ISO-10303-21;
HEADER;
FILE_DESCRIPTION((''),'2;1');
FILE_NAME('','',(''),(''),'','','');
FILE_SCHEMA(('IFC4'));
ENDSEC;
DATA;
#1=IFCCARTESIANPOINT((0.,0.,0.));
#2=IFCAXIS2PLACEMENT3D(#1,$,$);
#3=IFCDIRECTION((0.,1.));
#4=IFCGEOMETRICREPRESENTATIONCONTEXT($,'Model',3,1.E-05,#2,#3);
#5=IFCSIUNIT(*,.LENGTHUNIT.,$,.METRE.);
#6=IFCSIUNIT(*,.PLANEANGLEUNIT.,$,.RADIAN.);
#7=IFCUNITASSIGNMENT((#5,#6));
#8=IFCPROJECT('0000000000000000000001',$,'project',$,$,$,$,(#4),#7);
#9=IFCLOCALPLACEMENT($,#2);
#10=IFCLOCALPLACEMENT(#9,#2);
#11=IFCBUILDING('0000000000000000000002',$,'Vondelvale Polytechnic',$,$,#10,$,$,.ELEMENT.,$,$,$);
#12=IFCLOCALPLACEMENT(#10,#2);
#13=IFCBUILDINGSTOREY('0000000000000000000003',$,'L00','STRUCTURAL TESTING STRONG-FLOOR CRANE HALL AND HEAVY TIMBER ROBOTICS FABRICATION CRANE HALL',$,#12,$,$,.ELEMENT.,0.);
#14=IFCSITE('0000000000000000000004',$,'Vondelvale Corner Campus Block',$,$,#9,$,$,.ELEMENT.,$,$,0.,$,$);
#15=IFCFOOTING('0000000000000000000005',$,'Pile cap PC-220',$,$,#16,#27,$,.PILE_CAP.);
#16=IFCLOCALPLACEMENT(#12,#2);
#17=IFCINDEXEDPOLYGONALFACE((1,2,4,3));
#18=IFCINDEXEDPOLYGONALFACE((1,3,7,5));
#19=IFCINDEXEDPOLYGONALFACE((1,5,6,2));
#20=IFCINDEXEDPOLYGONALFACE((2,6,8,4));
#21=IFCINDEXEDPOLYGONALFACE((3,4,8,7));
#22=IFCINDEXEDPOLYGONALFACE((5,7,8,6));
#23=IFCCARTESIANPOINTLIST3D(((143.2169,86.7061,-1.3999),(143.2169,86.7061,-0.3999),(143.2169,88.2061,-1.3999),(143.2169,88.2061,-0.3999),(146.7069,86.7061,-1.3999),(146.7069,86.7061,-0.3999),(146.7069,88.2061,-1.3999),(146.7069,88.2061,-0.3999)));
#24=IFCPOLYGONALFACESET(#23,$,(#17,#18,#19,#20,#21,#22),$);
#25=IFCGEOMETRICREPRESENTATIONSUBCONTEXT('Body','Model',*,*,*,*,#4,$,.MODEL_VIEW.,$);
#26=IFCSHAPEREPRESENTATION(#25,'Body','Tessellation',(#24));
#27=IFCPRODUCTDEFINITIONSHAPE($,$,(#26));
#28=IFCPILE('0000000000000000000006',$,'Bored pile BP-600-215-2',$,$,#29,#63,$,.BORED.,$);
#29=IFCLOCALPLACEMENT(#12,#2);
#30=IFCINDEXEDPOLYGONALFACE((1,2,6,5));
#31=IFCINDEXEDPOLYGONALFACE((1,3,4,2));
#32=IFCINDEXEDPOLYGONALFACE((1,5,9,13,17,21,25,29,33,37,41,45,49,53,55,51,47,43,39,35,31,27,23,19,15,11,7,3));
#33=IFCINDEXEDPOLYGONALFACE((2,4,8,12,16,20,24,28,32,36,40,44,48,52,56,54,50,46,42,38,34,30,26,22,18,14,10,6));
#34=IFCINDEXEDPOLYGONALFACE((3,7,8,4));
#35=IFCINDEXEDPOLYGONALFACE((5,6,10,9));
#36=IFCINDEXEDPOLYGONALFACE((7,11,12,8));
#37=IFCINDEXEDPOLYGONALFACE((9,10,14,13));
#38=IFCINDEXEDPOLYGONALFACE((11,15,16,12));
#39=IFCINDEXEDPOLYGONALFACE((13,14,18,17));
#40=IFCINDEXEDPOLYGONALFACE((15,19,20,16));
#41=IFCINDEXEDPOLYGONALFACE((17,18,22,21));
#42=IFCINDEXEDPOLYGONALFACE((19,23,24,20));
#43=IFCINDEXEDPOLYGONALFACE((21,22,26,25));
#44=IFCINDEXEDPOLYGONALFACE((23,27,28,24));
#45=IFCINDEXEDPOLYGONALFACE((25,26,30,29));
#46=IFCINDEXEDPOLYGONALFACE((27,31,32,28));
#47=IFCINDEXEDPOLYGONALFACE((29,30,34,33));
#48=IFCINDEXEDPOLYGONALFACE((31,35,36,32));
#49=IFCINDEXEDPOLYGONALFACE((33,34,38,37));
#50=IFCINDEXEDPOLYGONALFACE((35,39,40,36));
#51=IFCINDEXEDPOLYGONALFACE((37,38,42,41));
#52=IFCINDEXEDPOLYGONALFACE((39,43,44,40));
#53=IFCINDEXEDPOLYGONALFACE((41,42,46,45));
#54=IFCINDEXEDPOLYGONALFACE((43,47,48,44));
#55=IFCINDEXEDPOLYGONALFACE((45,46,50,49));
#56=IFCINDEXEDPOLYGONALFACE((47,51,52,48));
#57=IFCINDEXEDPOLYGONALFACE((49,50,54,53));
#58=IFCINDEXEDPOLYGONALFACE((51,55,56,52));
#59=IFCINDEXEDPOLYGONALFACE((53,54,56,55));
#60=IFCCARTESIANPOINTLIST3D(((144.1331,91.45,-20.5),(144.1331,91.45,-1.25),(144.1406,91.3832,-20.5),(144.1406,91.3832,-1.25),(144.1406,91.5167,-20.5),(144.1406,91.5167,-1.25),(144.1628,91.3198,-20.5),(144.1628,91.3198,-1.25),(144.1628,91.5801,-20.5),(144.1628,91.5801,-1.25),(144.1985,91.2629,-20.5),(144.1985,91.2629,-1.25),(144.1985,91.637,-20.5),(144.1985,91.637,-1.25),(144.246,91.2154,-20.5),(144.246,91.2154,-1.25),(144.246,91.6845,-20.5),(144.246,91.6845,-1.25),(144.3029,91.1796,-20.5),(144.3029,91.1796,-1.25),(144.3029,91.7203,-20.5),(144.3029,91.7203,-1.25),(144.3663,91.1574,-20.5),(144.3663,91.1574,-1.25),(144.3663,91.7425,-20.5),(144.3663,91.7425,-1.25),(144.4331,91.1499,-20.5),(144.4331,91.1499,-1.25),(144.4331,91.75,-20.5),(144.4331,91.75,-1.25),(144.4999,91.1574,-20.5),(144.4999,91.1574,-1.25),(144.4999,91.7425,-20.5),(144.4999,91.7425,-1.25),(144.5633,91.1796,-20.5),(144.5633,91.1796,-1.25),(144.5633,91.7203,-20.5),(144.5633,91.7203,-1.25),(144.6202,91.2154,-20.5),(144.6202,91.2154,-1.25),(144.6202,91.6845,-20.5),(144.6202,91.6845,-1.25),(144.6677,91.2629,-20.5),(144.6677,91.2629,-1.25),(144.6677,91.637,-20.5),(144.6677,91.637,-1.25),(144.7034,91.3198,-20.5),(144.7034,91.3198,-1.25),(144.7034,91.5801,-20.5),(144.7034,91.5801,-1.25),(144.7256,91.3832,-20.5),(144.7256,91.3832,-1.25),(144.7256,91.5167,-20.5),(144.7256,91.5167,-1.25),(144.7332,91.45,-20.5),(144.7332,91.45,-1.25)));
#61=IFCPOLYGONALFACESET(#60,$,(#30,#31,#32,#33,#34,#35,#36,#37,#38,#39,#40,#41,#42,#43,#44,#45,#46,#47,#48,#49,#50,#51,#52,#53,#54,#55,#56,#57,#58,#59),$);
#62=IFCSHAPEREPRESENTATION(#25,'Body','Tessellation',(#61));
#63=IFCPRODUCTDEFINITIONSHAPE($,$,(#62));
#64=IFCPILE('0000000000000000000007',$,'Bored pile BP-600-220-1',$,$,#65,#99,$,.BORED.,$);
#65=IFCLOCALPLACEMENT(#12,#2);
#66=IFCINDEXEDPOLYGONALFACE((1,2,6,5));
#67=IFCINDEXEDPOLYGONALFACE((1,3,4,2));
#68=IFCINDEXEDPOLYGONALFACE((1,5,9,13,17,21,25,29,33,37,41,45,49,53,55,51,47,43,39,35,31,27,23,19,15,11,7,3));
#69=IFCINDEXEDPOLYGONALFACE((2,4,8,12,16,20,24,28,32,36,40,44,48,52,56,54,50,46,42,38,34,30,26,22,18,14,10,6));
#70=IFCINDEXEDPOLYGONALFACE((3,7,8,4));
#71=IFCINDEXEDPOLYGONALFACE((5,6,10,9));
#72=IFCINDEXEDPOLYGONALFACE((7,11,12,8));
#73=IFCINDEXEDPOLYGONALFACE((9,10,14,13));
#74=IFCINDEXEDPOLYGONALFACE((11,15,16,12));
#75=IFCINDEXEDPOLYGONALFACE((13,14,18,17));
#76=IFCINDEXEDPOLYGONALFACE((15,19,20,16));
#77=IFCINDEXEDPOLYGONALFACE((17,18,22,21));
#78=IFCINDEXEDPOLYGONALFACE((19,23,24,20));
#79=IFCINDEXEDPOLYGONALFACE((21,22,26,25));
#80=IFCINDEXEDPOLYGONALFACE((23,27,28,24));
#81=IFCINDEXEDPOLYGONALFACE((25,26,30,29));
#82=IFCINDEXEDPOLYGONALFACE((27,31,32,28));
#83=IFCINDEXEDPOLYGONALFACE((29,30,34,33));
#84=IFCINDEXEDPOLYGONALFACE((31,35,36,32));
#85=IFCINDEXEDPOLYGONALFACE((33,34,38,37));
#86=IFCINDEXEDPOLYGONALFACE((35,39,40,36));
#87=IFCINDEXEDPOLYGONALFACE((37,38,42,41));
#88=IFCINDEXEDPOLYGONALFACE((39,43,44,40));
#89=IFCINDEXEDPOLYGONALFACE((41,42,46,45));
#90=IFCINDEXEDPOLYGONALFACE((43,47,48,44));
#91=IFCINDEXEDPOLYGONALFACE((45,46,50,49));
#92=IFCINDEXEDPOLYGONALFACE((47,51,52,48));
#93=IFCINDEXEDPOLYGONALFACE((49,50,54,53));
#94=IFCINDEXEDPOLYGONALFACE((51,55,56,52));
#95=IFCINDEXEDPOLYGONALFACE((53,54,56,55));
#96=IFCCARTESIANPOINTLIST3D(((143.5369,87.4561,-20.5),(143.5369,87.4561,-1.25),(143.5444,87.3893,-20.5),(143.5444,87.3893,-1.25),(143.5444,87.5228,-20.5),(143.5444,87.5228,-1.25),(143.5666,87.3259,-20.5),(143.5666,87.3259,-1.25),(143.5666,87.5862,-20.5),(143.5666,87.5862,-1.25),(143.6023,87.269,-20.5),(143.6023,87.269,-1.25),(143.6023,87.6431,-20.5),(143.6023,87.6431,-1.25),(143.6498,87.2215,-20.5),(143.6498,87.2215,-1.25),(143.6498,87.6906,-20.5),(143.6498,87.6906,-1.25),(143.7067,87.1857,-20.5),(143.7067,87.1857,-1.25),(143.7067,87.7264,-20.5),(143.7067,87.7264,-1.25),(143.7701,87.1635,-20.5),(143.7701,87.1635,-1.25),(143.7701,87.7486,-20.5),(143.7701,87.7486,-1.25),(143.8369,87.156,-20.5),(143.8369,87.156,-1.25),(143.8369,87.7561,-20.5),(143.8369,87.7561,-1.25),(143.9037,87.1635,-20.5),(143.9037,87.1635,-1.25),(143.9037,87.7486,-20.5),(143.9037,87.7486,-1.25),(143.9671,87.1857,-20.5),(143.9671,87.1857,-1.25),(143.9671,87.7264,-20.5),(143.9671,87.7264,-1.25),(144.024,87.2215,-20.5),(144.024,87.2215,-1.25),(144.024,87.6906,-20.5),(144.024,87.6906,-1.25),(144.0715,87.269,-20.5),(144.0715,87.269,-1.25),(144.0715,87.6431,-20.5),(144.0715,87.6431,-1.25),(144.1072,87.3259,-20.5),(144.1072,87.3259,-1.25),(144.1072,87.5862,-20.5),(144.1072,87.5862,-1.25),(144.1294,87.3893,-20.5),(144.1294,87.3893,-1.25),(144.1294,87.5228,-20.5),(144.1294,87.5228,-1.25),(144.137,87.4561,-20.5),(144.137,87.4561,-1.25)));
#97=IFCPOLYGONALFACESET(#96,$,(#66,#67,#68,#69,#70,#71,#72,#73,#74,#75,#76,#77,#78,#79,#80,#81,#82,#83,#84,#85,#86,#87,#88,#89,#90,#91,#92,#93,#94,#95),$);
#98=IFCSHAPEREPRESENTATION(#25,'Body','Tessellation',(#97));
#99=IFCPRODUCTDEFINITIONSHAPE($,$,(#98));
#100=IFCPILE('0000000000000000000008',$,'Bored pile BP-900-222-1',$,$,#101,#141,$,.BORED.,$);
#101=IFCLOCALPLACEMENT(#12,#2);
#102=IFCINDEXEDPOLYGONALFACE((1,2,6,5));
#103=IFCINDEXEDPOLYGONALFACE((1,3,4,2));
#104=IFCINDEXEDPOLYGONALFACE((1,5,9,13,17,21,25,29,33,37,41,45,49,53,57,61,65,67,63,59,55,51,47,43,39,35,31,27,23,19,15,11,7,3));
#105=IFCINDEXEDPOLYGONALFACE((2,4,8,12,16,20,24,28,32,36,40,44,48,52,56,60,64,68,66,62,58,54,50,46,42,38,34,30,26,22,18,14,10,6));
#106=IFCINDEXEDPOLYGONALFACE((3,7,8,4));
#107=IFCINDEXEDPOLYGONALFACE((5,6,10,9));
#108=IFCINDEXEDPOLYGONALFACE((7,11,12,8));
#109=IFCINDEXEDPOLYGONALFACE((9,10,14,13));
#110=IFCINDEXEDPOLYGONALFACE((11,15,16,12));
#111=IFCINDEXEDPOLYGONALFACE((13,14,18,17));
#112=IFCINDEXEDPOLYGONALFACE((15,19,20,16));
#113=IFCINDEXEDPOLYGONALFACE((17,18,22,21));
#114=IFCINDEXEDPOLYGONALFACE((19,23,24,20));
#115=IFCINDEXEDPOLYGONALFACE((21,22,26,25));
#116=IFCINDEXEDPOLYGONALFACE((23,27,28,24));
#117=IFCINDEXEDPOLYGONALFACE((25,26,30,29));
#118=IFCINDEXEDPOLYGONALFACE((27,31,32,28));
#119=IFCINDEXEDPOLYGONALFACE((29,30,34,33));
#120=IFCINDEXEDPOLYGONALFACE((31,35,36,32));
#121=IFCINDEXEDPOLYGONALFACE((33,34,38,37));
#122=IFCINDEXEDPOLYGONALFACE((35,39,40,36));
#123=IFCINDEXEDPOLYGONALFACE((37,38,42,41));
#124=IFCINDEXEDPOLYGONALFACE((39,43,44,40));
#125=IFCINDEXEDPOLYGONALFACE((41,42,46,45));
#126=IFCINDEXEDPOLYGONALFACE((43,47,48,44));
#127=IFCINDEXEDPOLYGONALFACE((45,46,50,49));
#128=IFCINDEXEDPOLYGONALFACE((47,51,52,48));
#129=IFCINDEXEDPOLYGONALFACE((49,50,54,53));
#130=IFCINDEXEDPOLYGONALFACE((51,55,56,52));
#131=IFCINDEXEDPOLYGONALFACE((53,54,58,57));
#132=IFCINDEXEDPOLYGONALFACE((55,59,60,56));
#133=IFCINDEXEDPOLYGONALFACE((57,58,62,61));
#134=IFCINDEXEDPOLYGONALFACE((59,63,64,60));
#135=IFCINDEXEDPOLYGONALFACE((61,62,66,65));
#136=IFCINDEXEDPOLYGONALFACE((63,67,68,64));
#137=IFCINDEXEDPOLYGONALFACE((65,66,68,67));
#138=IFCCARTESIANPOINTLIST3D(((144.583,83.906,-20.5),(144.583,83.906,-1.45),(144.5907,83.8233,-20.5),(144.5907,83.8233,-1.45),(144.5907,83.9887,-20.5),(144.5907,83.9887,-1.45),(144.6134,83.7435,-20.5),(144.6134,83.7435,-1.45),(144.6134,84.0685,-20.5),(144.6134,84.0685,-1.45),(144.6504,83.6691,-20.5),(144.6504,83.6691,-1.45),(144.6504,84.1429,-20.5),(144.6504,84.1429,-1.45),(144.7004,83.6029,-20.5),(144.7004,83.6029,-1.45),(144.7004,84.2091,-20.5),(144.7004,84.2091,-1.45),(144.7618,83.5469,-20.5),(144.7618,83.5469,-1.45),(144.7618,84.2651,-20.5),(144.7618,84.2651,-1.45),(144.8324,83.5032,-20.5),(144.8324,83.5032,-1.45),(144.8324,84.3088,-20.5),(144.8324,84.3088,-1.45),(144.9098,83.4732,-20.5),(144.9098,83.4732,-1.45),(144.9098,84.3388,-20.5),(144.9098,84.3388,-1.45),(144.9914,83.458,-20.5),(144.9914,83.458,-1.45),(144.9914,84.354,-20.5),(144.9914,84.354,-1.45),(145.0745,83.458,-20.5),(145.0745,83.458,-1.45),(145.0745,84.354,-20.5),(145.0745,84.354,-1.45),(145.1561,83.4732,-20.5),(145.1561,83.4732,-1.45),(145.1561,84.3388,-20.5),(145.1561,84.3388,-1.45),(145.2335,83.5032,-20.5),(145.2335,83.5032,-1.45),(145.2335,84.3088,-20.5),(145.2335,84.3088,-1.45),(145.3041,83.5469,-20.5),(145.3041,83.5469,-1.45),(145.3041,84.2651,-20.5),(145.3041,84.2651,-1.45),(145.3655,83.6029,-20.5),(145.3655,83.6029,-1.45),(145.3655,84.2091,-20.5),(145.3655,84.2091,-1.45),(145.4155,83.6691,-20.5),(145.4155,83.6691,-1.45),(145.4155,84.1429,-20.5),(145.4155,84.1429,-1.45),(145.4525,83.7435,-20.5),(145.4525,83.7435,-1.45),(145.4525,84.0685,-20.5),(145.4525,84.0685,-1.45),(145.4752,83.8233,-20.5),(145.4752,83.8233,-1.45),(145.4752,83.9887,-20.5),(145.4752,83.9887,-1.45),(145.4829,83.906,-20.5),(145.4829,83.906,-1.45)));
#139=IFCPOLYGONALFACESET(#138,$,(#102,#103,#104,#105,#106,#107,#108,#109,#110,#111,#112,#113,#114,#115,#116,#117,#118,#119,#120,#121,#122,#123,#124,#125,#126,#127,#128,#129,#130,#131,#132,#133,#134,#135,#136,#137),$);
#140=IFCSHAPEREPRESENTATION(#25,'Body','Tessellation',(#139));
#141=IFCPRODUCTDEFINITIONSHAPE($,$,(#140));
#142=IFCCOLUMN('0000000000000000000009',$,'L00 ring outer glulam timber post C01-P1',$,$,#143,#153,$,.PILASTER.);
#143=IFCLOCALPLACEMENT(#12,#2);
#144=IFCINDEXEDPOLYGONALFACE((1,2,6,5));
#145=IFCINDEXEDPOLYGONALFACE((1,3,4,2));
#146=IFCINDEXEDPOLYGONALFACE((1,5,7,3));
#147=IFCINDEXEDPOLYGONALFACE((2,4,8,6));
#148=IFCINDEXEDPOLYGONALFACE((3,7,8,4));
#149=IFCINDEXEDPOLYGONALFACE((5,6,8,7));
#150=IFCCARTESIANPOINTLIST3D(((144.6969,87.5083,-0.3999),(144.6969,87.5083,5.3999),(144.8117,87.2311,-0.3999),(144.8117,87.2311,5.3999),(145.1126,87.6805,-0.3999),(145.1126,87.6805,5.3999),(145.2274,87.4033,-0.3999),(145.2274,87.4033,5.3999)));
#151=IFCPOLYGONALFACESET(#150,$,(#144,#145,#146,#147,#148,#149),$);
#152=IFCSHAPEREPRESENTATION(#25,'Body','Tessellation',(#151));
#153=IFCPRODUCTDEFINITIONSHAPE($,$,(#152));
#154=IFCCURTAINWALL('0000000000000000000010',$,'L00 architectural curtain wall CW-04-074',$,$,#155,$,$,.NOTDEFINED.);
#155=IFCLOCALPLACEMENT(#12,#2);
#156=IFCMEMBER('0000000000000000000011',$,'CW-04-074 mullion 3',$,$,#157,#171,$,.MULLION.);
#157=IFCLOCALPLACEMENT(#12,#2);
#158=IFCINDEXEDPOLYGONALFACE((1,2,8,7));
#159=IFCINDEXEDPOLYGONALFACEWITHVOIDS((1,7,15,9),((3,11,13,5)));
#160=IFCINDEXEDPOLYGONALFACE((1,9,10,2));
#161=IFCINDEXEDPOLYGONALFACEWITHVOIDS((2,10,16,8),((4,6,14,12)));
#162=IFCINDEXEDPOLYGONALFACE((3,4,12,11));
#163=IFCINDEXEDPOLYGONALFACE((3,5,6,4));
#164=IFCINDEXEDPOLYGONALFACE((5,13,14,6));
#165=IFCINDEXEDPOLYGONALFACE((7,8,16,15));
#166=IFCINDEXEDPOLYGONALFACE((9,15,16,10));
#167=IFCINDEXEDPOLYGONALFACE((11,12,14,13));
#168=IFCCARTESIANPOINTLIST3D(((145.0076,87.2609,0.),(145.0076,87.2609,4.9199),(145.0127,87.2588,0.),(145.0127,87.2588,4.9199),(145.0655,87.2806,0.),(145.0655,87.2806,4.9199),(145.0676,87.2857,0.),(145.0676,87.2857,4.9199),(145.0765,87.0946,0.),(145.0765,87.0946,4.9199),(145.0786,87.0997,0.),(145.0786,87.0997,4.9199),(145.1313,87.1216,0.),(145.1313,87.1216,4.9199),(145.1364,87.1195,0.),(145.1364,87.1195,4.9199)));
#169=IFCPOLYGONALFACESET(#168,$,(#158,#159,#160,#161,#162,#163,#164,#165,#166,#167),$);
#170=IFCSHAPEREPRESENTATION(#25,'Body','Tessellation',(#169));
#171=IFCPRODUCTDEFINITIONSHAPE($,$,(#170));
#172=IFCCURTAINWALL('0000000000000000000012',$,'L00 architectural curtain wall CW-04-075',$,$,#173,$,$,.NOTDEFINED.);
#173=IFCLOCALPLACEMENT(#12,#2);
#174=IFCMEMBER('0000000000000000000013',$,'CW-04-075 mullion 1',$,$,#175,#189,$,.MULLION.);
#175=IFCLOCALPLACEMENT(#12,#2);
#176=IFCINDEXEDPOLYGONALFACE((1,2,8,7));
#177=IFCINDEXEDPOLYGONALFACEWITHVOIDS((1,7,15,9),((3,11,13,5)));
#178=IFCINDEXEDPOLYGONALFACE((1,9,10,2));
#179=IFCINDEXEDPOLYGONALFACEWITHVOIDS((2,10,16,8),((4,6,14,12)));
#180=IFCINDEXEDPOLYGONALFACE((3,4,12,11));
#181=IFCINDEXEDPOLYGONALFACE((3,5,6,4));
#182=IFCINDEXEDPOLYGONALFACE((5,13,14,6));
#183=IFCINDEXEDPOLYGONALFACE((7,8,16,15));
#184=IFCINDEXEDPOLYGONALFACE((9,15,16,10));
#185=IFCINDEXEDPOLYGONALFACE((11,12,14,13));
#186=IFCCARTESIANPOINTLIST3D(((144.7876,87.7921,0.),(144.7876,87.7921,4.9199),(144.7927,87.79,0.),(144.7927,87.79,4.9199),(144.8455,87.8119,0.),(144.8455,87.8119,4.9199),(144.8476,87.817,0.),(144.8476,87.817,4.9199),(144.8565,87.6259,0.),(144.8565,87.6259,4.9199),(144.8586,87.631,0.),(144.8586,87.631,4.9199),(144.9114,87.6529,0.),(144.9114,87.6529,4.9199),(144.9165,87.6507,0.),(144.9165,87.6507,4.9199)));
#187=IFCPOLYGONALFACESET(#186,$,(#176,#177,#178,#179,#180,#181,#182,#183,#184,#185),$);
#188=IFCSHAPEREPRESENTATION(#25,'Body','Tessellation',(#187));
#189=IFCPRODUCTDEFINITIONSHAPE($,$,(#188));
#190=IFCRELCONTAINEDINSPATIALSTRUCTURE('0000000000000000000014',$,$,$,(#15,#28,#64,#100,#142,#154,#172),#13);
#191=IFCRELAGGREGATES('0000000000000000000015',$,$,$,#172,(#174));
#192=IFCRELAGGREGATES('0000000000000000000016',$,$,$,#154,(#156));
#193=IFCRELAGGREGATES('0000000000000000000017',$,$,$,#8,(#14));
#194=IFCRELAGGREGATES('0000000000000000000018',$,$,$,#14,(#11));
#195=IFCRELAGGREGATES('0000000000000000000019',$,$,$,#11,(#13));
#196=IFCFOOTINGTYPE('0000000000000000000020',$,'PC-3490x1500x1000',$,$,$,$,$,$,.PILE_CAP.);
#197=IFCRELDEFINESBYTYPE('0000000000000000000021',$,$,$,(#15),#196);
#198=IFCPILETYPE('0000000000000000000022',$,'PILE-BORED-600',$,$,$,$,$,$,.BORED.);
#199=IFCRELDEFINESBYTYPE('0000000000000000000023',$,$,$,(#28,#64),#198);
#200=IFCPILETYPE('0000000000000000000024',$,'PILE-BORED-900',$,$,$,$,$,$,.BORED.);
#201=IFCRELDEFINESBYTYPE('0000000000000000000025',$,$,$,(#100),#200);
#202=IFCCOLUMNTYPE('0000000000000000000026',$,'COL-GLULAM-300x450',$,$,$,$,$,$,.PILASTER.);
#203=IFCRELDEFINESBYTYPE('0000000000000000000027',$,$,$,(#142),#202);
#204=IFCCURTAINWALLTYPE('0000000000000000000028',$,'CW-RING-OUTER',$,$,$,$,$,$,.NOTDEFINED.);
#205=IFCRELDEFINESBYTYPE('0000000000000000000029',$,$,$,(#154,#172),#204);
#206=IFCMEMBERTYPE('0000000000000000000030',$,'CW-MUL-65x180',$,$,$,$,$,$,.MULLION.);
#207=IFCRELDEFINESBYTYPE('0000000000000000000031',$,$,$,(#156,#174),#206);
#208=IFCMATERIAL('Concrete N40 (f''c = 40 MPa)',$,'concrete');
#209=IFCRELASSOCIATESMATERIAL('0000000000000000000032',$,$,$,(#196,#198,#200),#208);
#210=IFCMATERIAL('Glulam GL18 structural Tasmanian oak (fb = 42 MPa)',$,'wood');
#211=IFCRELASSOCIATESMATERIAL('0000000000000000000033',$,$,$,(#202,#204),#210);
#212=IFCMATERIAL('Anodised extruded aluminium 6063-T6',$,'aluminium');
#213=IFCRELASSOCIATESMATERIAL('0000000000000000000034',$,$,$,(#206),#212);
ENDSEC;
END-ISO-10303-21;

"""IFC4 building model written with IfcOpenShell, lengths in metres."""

from ifc_helpers import new_model, si_unit, direction, frame, origin, origin_2d, place, context, subcontext, project, spatial, rectangle, hollow_rectangle, circle, extrude, material, material_profile, profile_set, type_object, element, aggregate, save


model = new_model("IFC4")

# Units and contexts
model_context = context("Model", 3, precision=1e-05, world=origin(), true_north=direction((0.0, 1.0)))
body_context = subcontext(model_context, "Body", "Model", "MODEL_VIEW")
ifc_project = project(units=[si_unit("LENGTHUNIT", "METRE"), si_unit("PLANEANGLEUNIT", "RADIAN")], contexts=[model_context])

# Site, building, storey
site_placement = place(None, origin())
site = spatial("IfcSite", under=ifc_project, at=site_placement, Name="Vondelvale Corner Campus Block", CompositionType="ELEMENT", RefElevation=0.0)
building_placement = place(site_placement, origin())
building = spatial("IfcBuilding", under=site, at=building_placement, Name="Vondelvale Polytechnic", CompositionType="ELEMENT")
storey_placement = place(building_placement, origin())
storey = spatial("IfcBuildingStorey", under=building, at=storey_placement, Name="L00", Description="STRUCTURAL TESTING STRONG-FLOOR CRANE HALL AND HEAVY TIMBER ROBOTICS FABRICATION CRANE HALL", CompositionType="ELEMENT", Elevation=0.0)

# Footing
ifc_material_1 = material(Name="Concrete N40 (f'c = 40 MPa)", Category="concrete")
footing_type = type_object("IfcFootingType", Name="PC-3490x1500x1000", PredefinedType="PILE_CAP", material=ifc_material_1)
footing_placement = place(storey_placement, frame((144.9619, 87.4561, -1.3999), z_axis=(0.0, 0.0, 1.0), x_axis=(1.0, 0.0, 0.0)))
element("IfcFooting", 1, at=footing_placement, inside=storey, type_object=footing_type, Name="Pile cap PC-220", PredefinedType="PILE_CAP", context=body_context, shape_type="SweptSolid", body=[
    extrude(rectangle(XDim=3.49, YDim=1.5, at=origin_2d()), origin(), (0.0, 0.0, 1.0), 1.0),
])

# Piles
ifc_material_profile_1 = material_profile(ifc_material_1, circle(Radius=0.3, at=origin_2d()), Name="PILE-D600")
ifc_profile_set_1 = profile_set([ifc_material_profile_1], Name="Concrete N40 (f'c = 40 MPa)")
pile_type_1 = type_object("IfcPileType", Name="PILE-BORED-600", PredefinedType="BORED", material=ifc_profile_set_1)
for number, where, z_axis, x_axis, name in (
    (2, (144.4331, 91.45, -1.25), (0.0, 0.0, -1.0), (1.0, 0.0, 0.0), "Bored pile BP-600-215-2"),
    (3, (143.8369, 87.4561, -1.25), (0.0, 0.0, -1.0), (1.0, 0.0, 0.0), "Bored pile BP-600-220-1"),
):
    element("IfcPile", number, at=place(storey_placement, frame(where, z_axis=z_axis, x_axis=x_axis)), inside=storey, type_object=pile_type_1, Name=name, PredefinedType="BORED", context=body_context, shape_type="SweptSolid", body=[
        extrude(circle(Radius=0.3, at=origin_2d()), origin(), (0.0, 0.0, 1.0), 19.25),
    ])
ifc_material_profile_2 = material_profile(ifc_material_1, circle(Radius=0.45, at=origin_2d()), Name="PILE-D900")
ifc_profile_set_2 = profile_set([ifc_material_profile_2], Name="Concrete N40 (f'c = 40 MPa)")
pile_type_2 = type_object("IfcPileType", Name="PILE-BORED-900", PredefinedType="BORED", material=ifc_profile_set_2)
pile_placement = place(storey_placement, frame((145.033, 83.906, -1.45), z_axis=(0.0, 0.0, -1.0), x_axis=(1.0, 0.0, 0.0)))
element("IfcPile", 4, at=pile_placement, inside=storey, type_object=pile_type_2, Name="Bored pile BP-900-222-1", PredefinedType="BORED", context=body_context, shape_type="SweptSolid", body=[
    extrude(circle(Radius=0.45, at=origin_2d()), origin(), (0.0, 0.0, 1.0), 19.05),
])

# Column
ifc_material_2 = material(Name="Glulam GL18 structural Tasmanian oak (fb = 42 MPa)", Category="wood")
ifc_material_profile_3 = material_profile(ifc_material_2, rectangle(XDim=0.3, YDim=0.45, at=origin_2d()), Name="GL-POST-300x450")
ifc_profile_set_3 = profile_set([ifc_material_profile_3], Name="Glulam GL18 structural Tasmanian oak (fb = 42 MPa)")
column_type = type_object("IfcColumnType", Name="COL-GLULAM-300x450", PredefinedType="PILASTER", material=ifc_profile_set_3)
column_placement = place(storey_placement, frame((144.9622, 87.4558, -0.3999), z_axis=(0.0, 0.0, 1.0), x_axis=(-0.382683, 0.92388, 0.0)))
element("IfcColumn", 5, at=column_placement, inside=storey, type_object=column_type, Name="L00 ring outer glulam timber post C01-P1", PredefinedType="PILASTER", context=body_context, shape_type="SweptSolid", body=[
    extrude(rectangle(XDim=0.3, YDim=0.45, at=origin_2d()), origin(), (0.0, 0.0, 1.0), 5.7998),
])

# Curtain wall, member
curtain_wall_type = type_object("IfcCurtainWallType", Name="CW-RING-OUTER", PredefinedType="NOTDEFINED", material=ifc_material_2)
curtain_wall_1_placement = place(storey_placement, origin())
curtain_wall_1 = element("IfcCurtainWall", 6, at=curtain_wall_1_placement, inside=storey, type_object=curtain_wall_type, Name="L00 architectural curtain wall CW-04-074", PredefinedType="NOTDEFINED")
ifc_material_3 = material(Name="Anodised extruded aluminium 6063-T6", Category="aluminium")
ifc_material_profile_4 = material_profile(ifc_material_3, hollow_rectangle(XDim=0.0649, YDim=0.1799, WallThickness=0.0039, at=origin_2d()), Name="CW-MUL-180x65")
ifc_profile_set_4 = profile_set([ifc_material_profile_4], Name="Anodised extruded aluminium 6063-T6")
member_type_1 = type_object("IfcMemberType", Name="CW-MUL-65x180", PredefinedType="MULLION", material=ifc_profile_set_4)
member_1_placement = place(storey_placement, frame((145.072, 87.1902, 0.0), z_axis=(0.0, 0.0, 1.0), x_axis=(-0.923881, -0.382679, 0.0)))
member_1 = element("IfcMember", 7, at=member_1_placement, type_object=member_type_1, Name="CW-04-074 mullion 3", PredefinedType="MULLION", context=body_context, shape_type="SweptSolid", body=[
    extrude(hollow_rectangle(XDim=0.0649, YDim=0.1799, WallThickness=0.0039, at=origin_2d()), origin(), (0.0, 0.0, 1.0), 4.9199),
])

# Curtain wall, member
curtain_wall_2_placement = place(storey_placement, origin())
curtain_wall_2 = element("IfcCurtainWall", 8, at=curtain_wall_2_placement, inside=storey, type_object=curtain_wall_type, Name="L00 architectural curtain wall CW-04-075", PredefinedType="NOTDEFINED")
member_2_placement = place(storey_placement, frame((144.8521, 87.7214, 0.0), z_axis=(0.0, 0.0, 1.0), x_axis=(-0.923875, -0.382695, 0.0)))
member_2 = element("IfcMember", 9, at=member_2_placement, type_object=member_type_1, Name="CW-04-075 mullion 1", PredefinedType="MULLION", context=body_context, shape_type="SweptSolid", body=[
    extrude(hollow_rectangle(XDim=0.0649, YDim=0.1799, WallThickness=0.0039, at=origin_2d()), origin(), (0.0, 0.0, 1.0), 4.9199),
])

aggregate(curtain_wall_2, [member_2])
aggregate(curtain_wall_1, [member_1])

save(model, "model.ifc")
